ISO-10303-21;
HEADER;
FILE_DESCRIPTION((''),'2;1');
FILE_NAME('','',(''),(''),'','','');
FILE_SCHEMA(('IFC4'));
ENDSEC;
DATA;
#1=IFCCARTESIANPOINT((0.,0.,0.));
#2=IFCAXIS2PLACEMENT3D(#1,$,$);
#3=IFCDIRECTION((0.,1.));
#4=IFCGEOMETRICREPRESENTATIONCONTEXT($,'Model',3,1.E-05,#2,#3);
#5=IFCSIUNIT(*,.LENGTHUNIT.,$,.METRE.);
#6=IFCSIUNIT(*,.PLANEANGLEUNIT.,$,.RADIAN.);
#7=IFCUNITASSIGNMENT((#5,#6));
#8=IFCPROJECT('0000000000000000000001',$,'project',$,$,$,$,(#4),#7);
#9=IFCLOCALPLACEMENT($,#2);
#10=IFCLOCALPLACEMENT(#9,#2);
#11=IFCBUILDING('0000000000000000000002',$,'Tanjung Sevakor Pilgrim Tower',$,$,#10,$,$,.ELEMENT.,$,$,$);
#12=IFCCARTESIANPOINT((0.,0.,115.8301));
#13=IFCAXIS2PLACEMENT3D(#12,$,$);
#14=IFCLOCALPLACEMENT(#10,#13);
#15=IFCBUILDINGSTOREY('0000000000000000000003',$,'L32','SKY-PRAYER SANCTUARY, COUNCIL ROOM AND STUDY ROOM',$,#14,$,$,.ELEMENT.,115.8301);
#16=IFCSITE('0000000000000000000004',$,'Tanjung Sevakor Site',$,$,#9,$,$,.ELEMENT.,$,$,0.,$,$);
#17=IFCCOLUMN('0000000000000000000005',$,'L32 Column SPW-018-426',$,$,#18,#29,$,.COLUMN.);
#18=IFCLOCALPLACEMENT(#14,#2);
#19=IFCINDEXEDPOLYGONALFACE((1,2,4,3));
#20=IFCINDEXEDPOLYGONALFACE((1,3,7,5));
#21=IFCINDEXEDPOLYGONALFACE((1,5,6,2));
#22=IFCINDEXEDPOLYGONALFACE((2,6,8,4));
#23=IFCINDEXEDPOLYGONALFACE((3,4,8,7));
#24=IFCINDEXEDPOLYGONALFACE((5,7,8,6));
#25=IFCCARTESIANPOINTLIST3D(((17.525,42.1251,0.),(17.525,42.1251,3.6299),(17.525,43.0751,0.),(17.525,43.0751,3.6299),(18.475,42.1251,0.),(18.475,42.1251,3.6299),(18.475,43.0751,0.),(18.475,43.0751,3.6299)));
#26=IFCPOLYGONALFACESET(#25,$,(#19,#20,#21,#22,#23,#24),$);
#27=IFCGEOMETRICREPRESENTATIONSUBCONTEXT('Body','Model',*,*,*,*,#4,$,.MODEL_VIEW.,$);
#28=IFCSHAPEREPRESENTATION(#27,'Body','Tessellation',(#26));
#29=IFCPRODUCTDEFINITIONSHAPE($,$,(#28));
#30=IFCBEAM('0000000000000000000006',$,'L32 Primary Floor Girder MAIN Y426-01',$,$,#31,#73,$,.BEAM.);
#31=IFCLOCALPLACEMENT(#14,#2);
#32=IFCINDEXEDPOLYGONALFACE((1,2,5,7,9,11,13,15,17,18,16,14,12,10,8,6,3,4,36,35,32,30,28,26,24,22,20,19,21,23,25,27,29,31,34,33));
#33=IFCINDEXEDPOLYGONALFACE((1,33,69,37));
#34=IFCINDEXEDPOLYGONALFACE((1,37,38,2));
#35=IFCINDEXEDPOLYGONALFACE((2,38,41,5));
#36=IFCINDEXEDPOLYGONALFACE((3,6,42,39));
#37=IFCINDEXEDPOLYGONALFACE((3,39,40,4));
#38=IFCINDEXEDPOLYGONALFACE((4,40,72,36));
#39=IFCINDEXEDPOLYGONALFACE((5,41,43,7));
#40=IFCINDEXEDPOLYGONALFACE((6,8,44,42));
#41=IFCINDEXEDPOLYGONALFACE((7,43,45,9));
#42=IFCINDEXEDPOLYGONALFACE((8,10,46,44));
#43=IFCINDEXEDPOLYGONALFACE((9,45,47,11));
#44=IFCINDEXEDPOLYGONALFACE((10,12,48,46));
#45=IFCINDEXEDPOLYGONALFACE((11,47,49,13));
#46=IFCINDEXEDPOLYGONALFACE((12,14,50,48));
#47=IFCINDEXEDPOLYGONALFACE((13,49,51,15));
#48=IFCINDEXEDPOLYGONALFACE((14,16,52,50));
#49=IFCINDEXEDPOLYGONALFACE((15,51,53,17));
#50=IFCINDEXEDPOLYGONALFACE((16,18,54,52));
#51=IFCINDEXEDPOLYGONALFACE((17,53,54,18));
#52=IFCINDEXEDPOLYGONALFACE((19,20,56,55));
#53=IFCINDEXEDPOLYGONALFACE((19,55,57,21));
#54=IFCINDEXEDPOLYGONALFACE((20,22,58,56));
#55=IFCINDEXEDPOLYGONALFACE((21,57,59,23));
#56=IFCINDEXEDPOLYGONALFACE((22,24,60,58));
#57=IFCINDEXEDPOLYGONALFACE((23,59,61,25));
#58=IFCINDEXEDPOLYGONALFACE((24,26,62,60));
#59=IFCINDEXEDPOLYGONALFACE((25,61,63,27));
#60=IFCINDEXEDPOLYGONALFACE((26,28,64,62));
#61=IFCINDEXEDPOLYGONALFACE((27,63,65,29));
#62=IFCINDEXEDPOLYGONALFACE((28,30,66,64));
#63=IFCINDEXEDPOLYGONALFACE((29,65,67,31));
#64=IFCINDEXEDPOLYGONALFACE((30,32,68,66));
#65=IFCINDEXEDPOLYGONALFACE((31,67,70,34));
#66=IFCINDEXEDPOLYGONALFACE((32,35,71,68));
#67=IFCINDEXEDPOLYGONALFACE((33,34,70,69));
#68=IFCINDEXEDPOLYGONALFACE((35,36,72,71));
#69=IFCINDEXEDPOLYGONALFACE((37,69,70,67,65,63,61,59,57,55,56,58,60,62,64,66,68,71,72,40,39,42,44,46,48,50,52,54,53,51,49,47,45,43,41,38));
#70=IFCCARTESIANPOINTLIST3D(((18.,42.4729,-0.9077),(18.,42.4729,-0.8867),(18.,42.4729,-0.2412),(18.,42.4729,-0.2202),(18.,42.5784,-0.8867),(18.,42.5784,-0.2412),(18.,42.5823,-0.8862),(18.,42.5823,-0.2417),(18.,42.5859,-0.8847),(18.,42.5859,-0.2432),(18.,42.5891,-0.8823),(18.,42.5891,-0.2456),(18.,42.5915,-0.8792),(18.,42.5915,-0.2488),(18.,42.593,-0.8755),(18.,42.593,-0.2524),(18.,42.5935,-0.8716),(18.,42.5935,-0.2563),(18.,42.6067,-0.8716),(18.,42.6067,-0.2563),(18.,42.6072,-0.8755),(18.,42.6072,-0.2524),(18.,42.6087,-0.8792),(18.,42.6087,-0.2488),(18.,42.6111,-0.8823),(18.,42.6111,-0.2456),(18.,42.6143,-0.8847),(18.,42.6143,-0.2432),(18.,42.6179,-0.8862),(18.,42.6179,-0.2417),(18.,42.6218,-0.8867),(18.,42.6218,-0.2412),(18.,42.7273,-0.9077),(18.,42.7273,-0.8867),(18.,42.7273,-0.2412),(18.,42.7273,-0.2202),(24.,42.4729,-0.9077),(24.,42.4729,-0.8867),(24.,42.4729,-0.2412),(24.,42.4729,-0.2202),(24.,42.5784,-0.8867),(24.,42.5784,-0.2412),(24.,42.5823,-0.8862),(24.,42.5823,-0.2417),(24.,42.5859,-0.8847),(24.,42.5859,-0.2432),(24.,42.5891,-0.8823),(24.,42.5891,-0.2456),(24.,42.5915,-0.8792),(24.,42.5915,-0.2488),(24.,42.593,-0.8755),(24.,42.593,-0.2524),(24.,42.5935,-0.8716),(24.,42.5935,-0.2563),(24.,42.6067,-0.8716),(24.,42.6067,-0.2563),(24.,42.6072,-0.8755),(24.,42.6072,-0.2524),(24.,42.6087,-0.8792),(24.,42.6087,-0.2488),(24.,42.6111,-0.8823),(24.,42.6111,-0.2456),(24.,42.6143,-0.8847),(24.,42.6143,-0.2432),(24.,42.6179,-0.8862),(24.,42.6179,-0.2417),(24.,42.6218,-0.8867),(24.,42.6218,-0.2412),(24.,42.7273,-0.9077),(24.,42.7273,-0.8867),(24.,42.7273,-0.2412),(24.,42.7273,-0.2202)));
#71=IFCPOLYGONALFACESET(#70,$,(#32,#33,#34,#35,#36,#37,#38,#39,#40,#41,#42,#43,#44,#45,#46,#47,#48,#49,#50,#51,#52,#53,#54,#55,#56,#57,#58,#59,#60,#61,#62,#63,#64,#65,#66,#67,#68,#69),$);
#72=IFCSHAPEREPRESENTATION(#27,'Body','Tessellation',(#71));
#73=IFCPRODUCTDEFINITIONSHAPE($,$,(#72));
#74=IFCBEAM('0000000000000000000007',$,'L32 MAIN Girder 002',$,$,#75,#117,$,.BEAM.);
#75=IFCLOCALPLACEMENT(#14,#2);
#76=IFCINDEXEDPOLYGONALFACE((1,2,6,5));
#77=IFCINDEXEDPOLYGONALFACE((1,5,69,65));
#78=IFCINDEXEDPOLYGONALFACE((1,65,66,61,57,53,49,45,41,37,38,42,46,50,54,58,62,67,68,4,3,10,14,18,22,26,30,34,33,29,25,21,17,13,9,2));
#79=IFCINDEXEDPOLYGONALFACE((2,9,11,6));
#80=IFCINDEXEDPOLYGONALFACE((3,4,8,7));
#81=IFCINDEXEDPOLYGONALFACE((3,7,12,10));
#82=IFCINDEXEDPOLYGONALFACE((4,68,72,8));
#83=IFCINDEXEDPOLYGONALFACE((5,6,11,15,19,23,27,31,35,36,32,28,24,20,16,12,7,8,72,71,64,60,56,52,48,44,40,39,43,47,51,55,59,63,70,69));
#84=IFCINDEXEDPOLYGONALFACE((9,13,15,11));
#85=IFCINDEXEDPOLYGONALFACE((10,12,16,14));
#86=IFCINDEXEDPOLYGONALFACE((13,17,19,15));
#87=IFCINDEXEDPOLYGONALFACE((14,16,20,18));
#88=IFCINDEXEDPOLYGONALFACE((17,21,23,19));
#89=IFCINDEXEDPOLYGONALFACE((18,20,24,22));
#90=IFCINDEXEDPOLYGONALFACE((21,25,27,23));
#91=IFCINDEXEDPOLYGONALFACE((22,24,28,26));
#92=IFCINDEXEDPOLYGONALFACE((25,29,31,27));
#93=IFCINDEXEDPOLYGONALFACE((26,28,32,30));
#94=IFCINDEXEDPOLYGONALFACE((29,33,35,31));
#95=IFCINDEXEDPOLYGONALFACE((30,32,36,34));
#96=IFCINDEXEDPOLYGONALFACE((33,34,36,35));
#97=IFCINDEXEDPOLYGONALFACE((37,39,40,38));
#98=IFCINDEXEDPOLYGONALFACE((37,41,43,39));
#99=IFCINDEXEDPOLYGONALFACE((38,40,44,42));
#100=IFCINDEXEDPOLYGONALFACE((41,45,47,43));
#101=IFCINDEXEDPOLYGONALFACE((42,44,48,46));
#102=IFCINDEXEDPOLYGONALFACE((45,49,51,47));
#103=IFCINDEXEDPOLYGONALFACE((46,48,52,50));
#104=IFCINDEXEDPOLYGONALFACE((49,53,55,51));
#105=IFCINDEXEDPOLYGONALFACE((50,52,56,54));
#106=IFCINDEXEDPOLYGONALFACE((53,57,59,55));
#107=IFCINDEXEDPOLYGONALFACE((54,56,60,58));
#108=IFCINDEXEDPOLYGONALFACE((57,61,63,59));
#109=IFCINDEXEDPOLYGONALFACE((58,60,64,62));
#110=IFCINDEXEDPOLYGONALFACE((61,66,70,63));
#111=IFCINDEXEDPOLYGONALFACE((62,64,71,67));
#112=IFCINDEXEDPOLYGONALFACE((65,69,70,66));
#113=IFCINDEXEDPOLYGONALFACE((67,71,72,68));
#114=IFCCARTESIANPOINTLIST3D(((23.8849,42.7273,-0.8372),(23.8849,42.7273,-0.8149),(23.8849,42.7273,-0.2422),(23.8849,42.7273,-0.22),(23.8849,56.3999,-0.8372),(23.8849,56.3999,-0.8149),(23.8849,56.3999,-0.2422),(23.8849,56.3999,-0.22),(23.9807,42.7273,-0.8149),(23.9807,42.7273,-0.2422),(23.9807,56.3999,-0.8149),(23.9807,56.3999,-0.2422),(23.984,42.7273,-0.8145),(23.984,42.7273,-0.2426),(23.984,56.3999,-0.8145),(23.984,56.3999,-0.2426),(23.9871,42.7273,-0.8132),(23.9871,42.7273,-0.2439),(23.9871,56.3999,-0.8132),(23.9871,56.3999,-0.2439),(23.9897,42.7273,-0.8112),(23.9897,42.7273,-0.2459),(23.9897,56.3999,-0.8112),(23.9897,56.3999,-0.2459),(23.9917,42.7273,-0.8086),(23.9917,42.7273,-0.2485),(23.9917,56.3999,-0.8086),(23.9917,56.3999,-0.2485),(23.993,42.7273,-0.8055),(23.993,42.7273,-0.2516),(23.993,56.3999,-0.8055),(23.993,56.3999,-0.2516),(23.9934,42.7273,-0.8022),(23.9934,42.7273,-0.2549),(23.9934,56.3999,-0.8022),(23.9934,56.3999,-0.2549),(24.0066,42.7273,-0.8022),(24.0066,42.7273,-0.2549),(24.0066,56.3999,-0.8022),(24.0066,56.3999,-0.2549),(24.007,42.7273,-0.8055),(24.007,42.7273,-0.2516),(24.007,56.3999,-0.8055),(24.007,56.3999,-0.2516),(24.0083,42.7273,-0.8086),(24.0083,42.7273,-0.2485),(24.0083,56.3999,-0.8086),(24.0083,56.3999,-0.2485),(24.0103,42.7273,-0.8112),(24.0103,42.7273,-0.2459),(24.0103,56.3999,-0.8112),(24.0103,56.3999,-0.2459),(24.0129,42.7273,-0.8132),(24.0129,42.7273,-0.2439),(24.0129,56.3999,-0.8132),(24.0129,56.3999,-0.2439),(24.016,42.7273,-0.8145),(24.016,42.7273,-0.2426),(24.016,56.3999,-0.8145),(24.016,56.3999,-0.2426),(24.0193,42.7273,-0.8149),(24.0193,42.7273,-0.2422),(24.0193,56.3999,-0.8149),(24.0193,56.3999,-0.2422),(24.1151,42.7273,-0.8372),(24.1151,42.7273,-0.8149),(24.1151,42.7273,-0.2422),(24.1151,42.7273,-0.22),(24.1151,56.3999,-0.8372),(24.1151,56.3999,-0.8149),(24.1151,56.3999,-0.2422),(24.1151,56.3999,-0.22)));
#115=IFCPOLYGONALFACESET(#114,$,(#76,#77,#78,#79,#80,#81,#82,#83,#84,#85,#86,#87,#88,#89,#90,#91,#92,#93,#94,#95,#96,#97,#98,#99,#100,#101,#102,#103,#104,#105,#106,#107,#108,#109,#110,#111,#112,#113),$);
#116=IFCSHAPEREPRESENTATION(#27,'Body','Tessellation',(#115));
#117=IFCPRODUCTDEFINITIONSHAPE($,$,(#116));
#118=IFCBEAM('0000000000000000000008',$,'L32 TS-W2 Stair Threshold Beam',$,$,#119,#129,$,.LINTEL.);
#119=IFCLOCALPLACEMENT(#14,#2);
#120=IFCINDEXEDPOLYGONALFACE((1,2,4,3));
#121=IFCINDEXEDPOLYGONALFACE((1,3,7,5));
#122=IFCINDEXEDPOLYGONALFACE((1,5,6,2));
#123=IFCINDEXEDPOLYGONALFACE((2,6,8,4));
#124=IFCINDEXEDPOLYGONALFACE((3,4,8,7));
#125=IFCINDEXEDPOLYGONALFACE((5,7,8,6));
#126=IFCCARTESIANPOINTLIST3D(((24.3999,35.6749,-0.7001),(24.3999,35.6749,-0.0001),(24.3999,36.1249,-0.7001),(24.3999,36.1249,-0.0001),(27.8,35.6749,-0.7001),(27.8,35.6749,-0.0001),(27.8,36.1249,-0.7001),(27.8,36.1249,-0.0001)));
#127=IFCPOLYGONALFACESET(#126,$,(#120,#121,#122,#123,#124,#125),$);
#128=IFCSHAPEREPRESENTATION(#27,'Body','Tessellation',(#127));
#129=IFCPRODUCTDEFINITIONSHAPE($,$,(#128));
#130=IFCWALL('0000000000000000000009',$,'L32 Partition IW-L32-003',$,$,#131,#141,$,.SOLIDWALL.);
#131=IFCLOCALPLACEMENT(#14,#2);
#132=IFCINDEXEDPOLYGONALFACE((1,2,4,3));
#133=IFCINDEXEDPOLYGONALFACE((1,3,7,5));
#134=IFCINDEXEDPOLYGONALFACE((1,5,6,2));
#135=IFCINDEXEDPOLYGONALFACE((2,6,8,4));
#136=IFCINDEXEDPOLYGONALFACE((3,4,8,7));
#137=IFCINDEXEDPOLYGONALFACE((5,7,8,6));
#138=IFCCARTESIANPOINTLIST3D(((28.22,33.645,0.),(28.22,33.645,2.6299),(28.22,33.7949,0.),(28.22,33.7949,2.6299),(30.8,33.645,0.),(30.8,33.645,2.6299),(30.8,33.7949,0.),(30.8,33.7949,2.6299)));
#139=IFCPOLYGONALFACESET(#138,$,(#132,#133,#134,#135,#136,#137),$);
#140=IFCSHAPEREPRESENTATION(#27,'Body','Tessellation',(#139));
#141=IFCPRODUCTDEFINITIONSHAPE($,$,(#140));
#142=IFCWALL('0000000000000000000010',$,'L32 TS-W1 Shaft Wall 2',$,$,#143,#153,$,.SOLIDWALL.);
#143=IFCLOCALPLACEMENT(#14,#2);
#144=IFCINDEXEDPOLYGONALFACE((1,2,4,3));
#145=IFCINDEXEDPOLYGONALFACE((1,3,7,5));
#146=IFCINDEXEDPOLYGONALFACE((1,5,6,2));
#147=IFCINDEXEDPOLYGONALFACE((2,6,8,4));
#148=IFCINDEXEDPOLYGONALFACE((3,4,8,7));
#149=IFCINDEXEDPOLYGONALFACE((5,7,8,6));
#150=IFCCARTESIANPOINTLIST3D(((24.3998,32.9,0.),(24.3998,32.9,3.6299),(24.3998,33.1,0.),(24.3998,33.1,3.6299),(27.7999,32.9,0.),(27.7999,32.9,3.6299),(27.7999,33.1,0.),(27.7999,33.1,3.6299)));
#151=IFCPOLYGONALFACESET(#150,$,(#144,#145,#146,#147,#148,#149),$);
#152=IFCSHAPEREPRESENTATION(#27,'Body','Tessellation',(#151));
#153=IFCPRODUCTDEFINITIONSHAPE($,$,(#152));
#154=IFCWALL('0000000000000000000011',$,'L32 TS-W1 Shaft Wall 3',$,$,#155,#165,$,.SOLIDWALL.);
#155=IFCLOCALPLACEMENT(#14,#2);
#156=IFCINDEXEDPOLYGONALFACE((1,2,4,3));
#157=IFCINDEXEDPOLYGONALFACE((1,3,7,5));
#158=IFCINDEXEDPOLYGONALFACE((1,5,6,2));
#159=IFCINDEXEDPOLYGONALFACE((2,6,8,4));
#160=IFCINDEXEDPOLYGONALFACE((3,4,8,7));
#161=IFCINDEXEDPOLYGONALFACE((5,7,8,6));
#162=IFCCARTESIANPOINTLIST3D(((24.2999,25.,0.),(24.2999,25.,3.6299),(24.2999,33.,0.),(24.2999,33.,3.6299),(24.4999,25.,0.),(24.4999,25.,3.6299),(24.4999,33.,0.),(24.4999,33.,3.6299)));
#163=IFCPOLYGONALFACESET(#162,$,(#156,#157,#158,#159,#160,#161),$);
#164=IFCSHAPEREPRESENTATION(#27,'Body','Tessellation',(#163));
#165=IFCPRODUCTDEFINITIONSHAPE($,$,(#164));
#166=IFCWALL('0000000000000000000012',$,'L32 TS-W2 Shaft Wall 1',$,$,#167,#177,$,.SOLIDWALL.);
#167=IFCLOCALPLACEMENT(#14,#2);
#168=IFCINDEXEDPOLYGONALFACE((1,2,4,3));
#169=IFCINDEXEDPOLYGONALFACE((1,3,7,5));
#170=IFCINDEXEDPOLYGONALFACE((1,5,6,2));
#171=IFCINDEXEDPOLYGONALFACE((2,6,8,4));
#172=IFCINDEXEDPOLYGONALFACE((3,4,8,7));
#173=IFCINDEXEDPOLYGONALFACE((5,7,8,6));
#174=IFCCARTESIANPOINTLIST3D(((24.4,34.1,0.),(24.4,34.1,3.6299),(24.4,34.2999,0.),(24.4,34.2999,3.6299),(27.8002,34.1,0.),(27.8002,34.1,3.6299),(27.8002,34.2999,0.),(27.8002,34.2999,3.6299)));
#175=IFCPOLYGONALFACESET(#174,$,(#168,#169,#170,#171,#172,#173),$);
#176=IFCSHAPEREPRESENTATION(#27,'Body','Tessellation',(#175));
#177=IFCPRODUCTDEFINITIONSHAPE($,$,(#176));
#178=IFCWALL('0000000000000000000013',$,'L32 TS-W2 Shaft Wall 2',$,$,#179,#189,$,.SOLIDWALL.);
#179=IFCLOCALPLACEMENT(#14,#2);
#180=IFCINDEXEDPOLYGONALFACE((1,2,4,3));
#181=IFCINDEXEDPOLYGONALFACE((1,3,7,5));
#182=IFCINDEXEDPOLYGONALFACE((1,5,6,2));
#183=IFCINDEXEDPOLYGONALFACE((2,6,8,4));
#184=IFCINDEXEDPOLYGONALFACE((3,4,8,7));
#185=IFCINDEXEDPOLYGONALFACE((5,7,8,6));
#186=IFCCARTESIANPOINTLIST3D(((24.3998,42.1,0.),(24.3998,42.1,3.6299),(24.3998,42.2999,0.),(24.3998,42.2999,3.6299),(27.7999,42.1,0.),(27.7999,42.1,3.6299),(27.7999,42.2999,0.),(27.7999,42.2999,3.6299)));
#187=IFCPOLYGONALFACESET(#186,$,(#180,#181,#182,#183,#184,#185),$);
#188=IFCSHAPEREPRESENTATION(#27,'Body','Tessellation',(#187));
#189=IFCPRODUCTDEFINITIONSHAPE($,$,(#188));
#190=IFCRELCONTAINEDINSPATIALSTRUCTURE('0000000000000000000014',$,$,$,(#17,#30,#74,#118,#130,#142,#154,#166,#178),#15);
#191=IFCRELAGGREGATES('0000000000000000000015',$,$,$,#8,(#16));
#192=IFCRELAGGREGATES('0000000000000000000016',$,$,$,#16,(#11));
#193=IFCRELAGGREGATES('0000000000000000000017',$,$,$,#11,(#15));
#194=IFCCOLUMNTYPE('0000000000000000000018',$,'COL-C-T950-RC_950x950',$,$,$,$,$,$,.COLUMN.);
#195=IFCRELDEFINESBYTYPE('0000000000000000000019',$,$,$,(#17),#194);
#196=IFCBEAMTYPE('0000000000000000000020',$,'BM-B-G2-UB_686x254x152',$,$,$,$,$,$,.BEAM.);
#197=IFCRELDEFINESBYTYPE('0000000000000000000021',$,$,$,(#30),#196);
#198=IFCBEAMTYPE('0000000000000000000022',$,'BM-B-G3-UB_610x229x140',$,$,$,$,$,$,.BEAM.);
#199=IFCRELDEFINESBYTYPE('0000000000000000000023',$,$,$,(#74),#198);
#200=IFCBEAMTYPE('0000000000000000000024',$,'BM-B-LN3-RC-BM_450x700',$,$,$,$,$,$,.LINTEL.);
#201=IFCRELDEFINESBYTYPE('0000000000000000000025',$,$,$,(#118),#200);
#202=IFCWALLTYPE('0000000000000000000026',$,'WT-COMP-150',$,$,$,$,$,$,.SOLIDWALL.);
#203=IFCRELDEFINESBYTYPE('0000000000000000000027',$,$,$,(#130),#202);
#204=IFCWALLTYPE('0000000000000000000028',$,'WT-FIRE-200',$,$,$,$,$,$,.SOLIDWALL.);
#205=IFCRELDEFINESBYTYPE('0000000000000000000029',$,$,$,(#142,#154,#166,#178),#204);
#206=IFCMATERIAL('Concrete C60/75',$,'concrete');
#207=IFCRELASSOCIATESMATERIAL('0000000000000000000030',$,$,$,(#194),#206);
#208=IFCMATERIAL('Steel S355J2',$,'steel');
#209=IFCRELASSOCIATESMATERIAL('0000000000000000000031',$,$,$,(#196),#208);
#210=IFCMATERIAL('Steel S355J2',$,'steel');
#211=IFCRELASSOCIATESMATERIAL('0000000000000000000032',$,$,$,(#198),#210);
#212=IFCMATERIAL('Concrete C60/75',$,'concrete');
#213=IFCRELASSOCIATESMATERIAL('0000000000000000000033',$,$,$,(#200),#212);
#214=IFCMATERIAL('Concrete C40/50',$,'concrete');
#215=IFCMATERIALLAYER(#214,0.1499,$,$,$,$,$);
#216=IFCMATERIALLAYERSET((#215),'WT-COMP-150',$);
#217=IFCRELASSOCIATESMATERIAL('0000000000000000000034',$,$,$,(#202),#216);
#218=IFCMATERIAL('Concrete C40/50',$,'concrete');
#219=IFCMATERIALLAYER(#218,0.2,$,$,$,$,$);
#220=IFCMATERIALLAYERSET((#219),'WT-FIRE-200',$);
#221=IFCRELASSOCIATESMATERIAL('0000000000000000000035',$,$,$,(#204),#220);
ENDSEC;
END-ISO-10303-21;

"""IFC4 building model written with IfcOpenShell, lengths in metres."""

from ifc_helpers import new_model, si_unit, direction, frame, frame_2d, origin, origin_2d, place, context, subcontext, project, spatial, rectangle, i_section, extrude, material, layer, layer_set, material_profile, profile_set, type_object, element, save


model = new_model("IFC4")

# Units and contexts
model_context = context("Model", 3, precision=1e-05, world=origin(), true_north=direction((0.0, 1.0)))
body_context = subcontext(model_context, "Body", "Model", "MODEL_VIEW")
ifc_project = project(units=[si_unit("LENGTHUNIT", "METRE"), si_unit("PLANEANGLEUNIT", "RADIAN")], contexts=[model_context])

# Site, building, storey
site_placement = place(None, origin())
site = spatial("IfcSite", under=ifc_project, at=site_placement, Name="Tanjung Sevakor Site", CompositionType="ELEMENT", RefElevation=0.0)
building_placement = place(site_placement, origin())
building = spatial("IfcBuilding", under=site, at=building_placement, Name="Tanjung Sevakor Pilgrim Tower", CompositionType="ELEMENT")
storey_placement = place(building_placement, frame((0.0, 0.0, 115.8301)))
storey = spatial("IfcBuildingStorey", under=building, at=storey_placement, Name="L32", Description="SKY-PRAYER SANCTUARY, COUNCIL ROOM AND STUDY ROOM", CompositionType="ELEMENT", Elevation=115.8301)

# Column
ifc_material_1 = material(Name="Concrete C60/75", Category="concrete")
ifc_material_profile_1 = material_profile(ifc_material_1, rectangle(XDim=0.95, YDim=0.95, at=origin_2d()))
ifc_profile_set_1 = profile_set([ifc_material_profile_1], Name="Concrete C60/75")
column_type = type_object("IfcColumnType", Name="COL-C-T950-RC_950x950", PredefinedType="COLUMN", material=ifc_profile_set_1)
column_placement = place(storey_placement, frame((18.0, 42.6001, 0.0), z_axis=(0.0, 0.0, 1.0), x_axis=(1.0, 0.0, 0.0)))
element("IfcColumn", 1, at=column_placement, inside=storey, type_object=column_type, Name="L32 Column SPW-018-426", PredefinedType="COLUMN", context=body_context, shape_type="SweptSolid", body=[
    extrude(rectangle(XDim=0.95, YDim=0.95, at=origin_2d()), origin(), (0.0, 0.0, 1.0), 3.6299),
])

# Beams
ifc_material_2 = material(Name="Steel S355J2", Category="steel")
ifc_material_profile_2 = material_profile(ifc_material_2, i_section(OverallWidth=0.2544, OverallDepth=0.6875, WebThickness=0.0132, FlangeThickness=0.021, FilletRadius=0.0151, at=origin_2d()))
ifc_profile_set_2 = profile_set([ifc_material_profile_2], Name="Steel S355J2")
beam_type_1 = type_object("IfcBeamType", Name="BM-B-G2-UB_686x254x152", PredefinedType="BEAM", material=ifc_profile_set_2)
beam_1_placement = place(storey_placement, frame((18.0, 42.6001, -0.564), z_axis=(1.0, 0.0, 0.0), x_axis=(0.0, 1.0, 0.0)))
element("IfcBeam", 2, at=beam_1_placement, inside=storey, type_object=beam_type_1, Name="L32 Primary Floor Girder MAIN Y426-01", PredefinedType="BEAM", context=body_context, shape_type="SweptSolid", body=[
    extrude(i_section(OverallWidth=0.2544, OverallDepth=0.6875, WebThickness=0.0132, FlangeThickness=0.021, FilletRadius=0.0151, at=origin_2d()), origin(), (0.0, 0.0, 1.0), 6.0),
])
ifc_material_3 = material(Name="Steel S355J2", Category="steel")
ifc_material_profile_3 = material_profile(ifc_material_3, i_section(OverallWidth=0.2302, OverallDepth=0.6172, WebThickness=0.0132, FlangeThickness=0.0222, FilletRadius=0.0127, at=origin_2d()))
ifc_profile_set_3 = profile_set([ifc_material_profile_3], Name="Steel S355J2")
beam_type_2 = type_object("IfcBeamType", Name="BM-B-G3-UB_610x229x140", PredefinedType="BEAM", material=ifc_profile_set_3)
beam_2_placement = place(storey_placement, frame((24.0, 42.7273, -0.5286), z_axis=(0.0, 1.0, 0.0), x_axis=(-1.0, 0.0, 0.0)))
element("IfcBeam", 3, at=beam_2_placement, inside=storey, type_object=beam_type_2, Name="L32 MAIN Girder 002", PredefinedType="BEAM", context=body_context, shape_type="SweptSolid", body=[
    extrude(i_section(OverallWidth=0.2302, OverallDepth=0.6172, WebThickness=0.0132, FlangeThickness=0.0222, FilletRadius=0.0127, at=origin_2d()), origin(), (0.0, 0.0, 1.0), 13.6726),
])
ifc_material_4 = material(Name="Concrete C60/75", Category="concrete")
ifc_material_profile_4 = material_profile(ifc_material_4, rectangle(XDim=0.45, YDim=0.7, at=origin_2d()))
ifc_profile_set_4 = profile_set([ifc_material_profile_4], Name="Concrete C60/75")
beam_type_3 = type_object("IfcBeamType", Name="BM-B-LN3-RC-BM_450x700", PredefinedType="LINTEL", material=ifc_profile_set_4)
beam_3_placement = place(storey_placement, frame((24.3999, 35.8999, -0.3501), z_axis=(1.0, 0.0, 0.0), x_axis=(0.0, 1.0, 0.0)))
element("IfcBeam", 4, at=beam_3_placement, inside=storey, type_object=beam_type_3, Name="L32 TS-W2 Stair Threshold Beam", PredefinedType="LINTEL", context=body_context, shape_type="SweptSolid", body=[
    extrude(rectangle(XDim=0.45, YDim=0.7, at=origin_2d()), origin(), (0.0, 0.0, 1.0), 3.4001),
])

# Walls
ifc_material_5 = material(Name="Concrete C40/50", Category="concrete")
ifc_layer_1 = layer(ifc_material_5, 0.1499)
ifc_layer_set_1 = layer_set([ifc_layer_1], Name="WT-COMP-150")
wall_type_1 = type_object("IfcWallType", Name="WT-COMP-150", PredefinedType="SOLIDWALL", material=ifc_layer_set_1)
wall_1_placement = place(storey_placement, frame((28.22, 33.72, 0.0), z_axis=(0.0, 0.0, 1.0), x_axis=(1.0, 0.0, 0.0)))
element("IfcWall", 5, at=wall_1_placement, inside=storey, type_object=wall_type_1, Name="L32 Partition IW-L32-003", PredefinedType="SOLIDWALL", context=body_context, shape_type="SweptSolid", body=[
    extrude(rectangle(XDim=2.5801, YDim=0.1499, at=frame_2d((1.29, 0.0))), origin(), (0.0, 0.0, 1.0), 2.6299),
])
ifc_material_6 = material(Name="Concrete C40/50", Category="concrete")
ifc_layer_2 = layer(ifc_material_6, 0.2)
ifc_layer_set_2 = layer_set([ifc_layer_2], Name="WT-FIRE-200")
wall_type_2 = type_object("IfcWallType", Name="WT-FIRE-200", PredefinedType="SOLIDWALL", material=ifc_layer_set_2)
wall_2_placement = place(storey_placement, frame((27.8, 33.0, 0.0), z_axis=(0.0, 0.0, 1.0), x_axis=(-1.0, 0.0, 0.0)))
element("IfcWall", 6, at=wall_2_placement, inside=storey, type_object=wall_type_2, Name="L32 TS-W1 Shaft Wall 2", PredefinedType="SOLIDWALL", context=body_context, shape_type="SweptSolid", body=[
    extrude(rectangle(XDim=3.4001, YDim=0.2, at=frame_2d((1.7002, 0.0))), origin(), (0.0, 0.0, 1.0), 3.6299),
])
wall_3_placement = place(storey_placement, frame((24.3999, 33.0, 0.0), z_axis=(0.0, 0.0, 1.0), x_axis=(0.0, -1.0, 0.0)))
element("IfcWall", 7, at=wall_3_placement, inside=storey, type_object=wall_type_2, Name="L32 TS-W1 Shaft Wall 3", PredefinedType="SOLIDWALL", context=body_context, shape_type="SweptSolid", body=[
    extrude(rectangle(XDim=8.0, YDim=0.2, at=frame_2d((4.0, 0.0))), origin(), (0.0, 0.0, 1.0), 3.6299),
])
for number, where, z_axis, x_axis, name in (
    (8, (24.3999, 34.2, 0.0), (0.0, 0.0, 1.0), (1.0, 0.0, 0.0), "L32 TS-W2 Shaft Wall 1"),
    (9, (27.8, 42.2, 0.0), (0.0, 0.0, 1.0), (-1.0, 0.0, 0.0), "L32 TS-W2 Shaft Wall 2"),
):
    element("IfcWall", number, at=place(storey_placement, frame(where, z_axis=z_axis, x_axis=x_axis)), inside=storey, type_object=wall_type_2, Name=name, PredefinedType="SOLIDWALL", context=body_context, shape_type="SweptSolid", body=[
        extrude(rectangle(XDim=3.4001, YDim=0.2, at=frame_2d((1.7002, 0.0))), origin(), (0.0, 0.0, 1.0), 3.6299),
    ])

save(model, "model.ifc")
